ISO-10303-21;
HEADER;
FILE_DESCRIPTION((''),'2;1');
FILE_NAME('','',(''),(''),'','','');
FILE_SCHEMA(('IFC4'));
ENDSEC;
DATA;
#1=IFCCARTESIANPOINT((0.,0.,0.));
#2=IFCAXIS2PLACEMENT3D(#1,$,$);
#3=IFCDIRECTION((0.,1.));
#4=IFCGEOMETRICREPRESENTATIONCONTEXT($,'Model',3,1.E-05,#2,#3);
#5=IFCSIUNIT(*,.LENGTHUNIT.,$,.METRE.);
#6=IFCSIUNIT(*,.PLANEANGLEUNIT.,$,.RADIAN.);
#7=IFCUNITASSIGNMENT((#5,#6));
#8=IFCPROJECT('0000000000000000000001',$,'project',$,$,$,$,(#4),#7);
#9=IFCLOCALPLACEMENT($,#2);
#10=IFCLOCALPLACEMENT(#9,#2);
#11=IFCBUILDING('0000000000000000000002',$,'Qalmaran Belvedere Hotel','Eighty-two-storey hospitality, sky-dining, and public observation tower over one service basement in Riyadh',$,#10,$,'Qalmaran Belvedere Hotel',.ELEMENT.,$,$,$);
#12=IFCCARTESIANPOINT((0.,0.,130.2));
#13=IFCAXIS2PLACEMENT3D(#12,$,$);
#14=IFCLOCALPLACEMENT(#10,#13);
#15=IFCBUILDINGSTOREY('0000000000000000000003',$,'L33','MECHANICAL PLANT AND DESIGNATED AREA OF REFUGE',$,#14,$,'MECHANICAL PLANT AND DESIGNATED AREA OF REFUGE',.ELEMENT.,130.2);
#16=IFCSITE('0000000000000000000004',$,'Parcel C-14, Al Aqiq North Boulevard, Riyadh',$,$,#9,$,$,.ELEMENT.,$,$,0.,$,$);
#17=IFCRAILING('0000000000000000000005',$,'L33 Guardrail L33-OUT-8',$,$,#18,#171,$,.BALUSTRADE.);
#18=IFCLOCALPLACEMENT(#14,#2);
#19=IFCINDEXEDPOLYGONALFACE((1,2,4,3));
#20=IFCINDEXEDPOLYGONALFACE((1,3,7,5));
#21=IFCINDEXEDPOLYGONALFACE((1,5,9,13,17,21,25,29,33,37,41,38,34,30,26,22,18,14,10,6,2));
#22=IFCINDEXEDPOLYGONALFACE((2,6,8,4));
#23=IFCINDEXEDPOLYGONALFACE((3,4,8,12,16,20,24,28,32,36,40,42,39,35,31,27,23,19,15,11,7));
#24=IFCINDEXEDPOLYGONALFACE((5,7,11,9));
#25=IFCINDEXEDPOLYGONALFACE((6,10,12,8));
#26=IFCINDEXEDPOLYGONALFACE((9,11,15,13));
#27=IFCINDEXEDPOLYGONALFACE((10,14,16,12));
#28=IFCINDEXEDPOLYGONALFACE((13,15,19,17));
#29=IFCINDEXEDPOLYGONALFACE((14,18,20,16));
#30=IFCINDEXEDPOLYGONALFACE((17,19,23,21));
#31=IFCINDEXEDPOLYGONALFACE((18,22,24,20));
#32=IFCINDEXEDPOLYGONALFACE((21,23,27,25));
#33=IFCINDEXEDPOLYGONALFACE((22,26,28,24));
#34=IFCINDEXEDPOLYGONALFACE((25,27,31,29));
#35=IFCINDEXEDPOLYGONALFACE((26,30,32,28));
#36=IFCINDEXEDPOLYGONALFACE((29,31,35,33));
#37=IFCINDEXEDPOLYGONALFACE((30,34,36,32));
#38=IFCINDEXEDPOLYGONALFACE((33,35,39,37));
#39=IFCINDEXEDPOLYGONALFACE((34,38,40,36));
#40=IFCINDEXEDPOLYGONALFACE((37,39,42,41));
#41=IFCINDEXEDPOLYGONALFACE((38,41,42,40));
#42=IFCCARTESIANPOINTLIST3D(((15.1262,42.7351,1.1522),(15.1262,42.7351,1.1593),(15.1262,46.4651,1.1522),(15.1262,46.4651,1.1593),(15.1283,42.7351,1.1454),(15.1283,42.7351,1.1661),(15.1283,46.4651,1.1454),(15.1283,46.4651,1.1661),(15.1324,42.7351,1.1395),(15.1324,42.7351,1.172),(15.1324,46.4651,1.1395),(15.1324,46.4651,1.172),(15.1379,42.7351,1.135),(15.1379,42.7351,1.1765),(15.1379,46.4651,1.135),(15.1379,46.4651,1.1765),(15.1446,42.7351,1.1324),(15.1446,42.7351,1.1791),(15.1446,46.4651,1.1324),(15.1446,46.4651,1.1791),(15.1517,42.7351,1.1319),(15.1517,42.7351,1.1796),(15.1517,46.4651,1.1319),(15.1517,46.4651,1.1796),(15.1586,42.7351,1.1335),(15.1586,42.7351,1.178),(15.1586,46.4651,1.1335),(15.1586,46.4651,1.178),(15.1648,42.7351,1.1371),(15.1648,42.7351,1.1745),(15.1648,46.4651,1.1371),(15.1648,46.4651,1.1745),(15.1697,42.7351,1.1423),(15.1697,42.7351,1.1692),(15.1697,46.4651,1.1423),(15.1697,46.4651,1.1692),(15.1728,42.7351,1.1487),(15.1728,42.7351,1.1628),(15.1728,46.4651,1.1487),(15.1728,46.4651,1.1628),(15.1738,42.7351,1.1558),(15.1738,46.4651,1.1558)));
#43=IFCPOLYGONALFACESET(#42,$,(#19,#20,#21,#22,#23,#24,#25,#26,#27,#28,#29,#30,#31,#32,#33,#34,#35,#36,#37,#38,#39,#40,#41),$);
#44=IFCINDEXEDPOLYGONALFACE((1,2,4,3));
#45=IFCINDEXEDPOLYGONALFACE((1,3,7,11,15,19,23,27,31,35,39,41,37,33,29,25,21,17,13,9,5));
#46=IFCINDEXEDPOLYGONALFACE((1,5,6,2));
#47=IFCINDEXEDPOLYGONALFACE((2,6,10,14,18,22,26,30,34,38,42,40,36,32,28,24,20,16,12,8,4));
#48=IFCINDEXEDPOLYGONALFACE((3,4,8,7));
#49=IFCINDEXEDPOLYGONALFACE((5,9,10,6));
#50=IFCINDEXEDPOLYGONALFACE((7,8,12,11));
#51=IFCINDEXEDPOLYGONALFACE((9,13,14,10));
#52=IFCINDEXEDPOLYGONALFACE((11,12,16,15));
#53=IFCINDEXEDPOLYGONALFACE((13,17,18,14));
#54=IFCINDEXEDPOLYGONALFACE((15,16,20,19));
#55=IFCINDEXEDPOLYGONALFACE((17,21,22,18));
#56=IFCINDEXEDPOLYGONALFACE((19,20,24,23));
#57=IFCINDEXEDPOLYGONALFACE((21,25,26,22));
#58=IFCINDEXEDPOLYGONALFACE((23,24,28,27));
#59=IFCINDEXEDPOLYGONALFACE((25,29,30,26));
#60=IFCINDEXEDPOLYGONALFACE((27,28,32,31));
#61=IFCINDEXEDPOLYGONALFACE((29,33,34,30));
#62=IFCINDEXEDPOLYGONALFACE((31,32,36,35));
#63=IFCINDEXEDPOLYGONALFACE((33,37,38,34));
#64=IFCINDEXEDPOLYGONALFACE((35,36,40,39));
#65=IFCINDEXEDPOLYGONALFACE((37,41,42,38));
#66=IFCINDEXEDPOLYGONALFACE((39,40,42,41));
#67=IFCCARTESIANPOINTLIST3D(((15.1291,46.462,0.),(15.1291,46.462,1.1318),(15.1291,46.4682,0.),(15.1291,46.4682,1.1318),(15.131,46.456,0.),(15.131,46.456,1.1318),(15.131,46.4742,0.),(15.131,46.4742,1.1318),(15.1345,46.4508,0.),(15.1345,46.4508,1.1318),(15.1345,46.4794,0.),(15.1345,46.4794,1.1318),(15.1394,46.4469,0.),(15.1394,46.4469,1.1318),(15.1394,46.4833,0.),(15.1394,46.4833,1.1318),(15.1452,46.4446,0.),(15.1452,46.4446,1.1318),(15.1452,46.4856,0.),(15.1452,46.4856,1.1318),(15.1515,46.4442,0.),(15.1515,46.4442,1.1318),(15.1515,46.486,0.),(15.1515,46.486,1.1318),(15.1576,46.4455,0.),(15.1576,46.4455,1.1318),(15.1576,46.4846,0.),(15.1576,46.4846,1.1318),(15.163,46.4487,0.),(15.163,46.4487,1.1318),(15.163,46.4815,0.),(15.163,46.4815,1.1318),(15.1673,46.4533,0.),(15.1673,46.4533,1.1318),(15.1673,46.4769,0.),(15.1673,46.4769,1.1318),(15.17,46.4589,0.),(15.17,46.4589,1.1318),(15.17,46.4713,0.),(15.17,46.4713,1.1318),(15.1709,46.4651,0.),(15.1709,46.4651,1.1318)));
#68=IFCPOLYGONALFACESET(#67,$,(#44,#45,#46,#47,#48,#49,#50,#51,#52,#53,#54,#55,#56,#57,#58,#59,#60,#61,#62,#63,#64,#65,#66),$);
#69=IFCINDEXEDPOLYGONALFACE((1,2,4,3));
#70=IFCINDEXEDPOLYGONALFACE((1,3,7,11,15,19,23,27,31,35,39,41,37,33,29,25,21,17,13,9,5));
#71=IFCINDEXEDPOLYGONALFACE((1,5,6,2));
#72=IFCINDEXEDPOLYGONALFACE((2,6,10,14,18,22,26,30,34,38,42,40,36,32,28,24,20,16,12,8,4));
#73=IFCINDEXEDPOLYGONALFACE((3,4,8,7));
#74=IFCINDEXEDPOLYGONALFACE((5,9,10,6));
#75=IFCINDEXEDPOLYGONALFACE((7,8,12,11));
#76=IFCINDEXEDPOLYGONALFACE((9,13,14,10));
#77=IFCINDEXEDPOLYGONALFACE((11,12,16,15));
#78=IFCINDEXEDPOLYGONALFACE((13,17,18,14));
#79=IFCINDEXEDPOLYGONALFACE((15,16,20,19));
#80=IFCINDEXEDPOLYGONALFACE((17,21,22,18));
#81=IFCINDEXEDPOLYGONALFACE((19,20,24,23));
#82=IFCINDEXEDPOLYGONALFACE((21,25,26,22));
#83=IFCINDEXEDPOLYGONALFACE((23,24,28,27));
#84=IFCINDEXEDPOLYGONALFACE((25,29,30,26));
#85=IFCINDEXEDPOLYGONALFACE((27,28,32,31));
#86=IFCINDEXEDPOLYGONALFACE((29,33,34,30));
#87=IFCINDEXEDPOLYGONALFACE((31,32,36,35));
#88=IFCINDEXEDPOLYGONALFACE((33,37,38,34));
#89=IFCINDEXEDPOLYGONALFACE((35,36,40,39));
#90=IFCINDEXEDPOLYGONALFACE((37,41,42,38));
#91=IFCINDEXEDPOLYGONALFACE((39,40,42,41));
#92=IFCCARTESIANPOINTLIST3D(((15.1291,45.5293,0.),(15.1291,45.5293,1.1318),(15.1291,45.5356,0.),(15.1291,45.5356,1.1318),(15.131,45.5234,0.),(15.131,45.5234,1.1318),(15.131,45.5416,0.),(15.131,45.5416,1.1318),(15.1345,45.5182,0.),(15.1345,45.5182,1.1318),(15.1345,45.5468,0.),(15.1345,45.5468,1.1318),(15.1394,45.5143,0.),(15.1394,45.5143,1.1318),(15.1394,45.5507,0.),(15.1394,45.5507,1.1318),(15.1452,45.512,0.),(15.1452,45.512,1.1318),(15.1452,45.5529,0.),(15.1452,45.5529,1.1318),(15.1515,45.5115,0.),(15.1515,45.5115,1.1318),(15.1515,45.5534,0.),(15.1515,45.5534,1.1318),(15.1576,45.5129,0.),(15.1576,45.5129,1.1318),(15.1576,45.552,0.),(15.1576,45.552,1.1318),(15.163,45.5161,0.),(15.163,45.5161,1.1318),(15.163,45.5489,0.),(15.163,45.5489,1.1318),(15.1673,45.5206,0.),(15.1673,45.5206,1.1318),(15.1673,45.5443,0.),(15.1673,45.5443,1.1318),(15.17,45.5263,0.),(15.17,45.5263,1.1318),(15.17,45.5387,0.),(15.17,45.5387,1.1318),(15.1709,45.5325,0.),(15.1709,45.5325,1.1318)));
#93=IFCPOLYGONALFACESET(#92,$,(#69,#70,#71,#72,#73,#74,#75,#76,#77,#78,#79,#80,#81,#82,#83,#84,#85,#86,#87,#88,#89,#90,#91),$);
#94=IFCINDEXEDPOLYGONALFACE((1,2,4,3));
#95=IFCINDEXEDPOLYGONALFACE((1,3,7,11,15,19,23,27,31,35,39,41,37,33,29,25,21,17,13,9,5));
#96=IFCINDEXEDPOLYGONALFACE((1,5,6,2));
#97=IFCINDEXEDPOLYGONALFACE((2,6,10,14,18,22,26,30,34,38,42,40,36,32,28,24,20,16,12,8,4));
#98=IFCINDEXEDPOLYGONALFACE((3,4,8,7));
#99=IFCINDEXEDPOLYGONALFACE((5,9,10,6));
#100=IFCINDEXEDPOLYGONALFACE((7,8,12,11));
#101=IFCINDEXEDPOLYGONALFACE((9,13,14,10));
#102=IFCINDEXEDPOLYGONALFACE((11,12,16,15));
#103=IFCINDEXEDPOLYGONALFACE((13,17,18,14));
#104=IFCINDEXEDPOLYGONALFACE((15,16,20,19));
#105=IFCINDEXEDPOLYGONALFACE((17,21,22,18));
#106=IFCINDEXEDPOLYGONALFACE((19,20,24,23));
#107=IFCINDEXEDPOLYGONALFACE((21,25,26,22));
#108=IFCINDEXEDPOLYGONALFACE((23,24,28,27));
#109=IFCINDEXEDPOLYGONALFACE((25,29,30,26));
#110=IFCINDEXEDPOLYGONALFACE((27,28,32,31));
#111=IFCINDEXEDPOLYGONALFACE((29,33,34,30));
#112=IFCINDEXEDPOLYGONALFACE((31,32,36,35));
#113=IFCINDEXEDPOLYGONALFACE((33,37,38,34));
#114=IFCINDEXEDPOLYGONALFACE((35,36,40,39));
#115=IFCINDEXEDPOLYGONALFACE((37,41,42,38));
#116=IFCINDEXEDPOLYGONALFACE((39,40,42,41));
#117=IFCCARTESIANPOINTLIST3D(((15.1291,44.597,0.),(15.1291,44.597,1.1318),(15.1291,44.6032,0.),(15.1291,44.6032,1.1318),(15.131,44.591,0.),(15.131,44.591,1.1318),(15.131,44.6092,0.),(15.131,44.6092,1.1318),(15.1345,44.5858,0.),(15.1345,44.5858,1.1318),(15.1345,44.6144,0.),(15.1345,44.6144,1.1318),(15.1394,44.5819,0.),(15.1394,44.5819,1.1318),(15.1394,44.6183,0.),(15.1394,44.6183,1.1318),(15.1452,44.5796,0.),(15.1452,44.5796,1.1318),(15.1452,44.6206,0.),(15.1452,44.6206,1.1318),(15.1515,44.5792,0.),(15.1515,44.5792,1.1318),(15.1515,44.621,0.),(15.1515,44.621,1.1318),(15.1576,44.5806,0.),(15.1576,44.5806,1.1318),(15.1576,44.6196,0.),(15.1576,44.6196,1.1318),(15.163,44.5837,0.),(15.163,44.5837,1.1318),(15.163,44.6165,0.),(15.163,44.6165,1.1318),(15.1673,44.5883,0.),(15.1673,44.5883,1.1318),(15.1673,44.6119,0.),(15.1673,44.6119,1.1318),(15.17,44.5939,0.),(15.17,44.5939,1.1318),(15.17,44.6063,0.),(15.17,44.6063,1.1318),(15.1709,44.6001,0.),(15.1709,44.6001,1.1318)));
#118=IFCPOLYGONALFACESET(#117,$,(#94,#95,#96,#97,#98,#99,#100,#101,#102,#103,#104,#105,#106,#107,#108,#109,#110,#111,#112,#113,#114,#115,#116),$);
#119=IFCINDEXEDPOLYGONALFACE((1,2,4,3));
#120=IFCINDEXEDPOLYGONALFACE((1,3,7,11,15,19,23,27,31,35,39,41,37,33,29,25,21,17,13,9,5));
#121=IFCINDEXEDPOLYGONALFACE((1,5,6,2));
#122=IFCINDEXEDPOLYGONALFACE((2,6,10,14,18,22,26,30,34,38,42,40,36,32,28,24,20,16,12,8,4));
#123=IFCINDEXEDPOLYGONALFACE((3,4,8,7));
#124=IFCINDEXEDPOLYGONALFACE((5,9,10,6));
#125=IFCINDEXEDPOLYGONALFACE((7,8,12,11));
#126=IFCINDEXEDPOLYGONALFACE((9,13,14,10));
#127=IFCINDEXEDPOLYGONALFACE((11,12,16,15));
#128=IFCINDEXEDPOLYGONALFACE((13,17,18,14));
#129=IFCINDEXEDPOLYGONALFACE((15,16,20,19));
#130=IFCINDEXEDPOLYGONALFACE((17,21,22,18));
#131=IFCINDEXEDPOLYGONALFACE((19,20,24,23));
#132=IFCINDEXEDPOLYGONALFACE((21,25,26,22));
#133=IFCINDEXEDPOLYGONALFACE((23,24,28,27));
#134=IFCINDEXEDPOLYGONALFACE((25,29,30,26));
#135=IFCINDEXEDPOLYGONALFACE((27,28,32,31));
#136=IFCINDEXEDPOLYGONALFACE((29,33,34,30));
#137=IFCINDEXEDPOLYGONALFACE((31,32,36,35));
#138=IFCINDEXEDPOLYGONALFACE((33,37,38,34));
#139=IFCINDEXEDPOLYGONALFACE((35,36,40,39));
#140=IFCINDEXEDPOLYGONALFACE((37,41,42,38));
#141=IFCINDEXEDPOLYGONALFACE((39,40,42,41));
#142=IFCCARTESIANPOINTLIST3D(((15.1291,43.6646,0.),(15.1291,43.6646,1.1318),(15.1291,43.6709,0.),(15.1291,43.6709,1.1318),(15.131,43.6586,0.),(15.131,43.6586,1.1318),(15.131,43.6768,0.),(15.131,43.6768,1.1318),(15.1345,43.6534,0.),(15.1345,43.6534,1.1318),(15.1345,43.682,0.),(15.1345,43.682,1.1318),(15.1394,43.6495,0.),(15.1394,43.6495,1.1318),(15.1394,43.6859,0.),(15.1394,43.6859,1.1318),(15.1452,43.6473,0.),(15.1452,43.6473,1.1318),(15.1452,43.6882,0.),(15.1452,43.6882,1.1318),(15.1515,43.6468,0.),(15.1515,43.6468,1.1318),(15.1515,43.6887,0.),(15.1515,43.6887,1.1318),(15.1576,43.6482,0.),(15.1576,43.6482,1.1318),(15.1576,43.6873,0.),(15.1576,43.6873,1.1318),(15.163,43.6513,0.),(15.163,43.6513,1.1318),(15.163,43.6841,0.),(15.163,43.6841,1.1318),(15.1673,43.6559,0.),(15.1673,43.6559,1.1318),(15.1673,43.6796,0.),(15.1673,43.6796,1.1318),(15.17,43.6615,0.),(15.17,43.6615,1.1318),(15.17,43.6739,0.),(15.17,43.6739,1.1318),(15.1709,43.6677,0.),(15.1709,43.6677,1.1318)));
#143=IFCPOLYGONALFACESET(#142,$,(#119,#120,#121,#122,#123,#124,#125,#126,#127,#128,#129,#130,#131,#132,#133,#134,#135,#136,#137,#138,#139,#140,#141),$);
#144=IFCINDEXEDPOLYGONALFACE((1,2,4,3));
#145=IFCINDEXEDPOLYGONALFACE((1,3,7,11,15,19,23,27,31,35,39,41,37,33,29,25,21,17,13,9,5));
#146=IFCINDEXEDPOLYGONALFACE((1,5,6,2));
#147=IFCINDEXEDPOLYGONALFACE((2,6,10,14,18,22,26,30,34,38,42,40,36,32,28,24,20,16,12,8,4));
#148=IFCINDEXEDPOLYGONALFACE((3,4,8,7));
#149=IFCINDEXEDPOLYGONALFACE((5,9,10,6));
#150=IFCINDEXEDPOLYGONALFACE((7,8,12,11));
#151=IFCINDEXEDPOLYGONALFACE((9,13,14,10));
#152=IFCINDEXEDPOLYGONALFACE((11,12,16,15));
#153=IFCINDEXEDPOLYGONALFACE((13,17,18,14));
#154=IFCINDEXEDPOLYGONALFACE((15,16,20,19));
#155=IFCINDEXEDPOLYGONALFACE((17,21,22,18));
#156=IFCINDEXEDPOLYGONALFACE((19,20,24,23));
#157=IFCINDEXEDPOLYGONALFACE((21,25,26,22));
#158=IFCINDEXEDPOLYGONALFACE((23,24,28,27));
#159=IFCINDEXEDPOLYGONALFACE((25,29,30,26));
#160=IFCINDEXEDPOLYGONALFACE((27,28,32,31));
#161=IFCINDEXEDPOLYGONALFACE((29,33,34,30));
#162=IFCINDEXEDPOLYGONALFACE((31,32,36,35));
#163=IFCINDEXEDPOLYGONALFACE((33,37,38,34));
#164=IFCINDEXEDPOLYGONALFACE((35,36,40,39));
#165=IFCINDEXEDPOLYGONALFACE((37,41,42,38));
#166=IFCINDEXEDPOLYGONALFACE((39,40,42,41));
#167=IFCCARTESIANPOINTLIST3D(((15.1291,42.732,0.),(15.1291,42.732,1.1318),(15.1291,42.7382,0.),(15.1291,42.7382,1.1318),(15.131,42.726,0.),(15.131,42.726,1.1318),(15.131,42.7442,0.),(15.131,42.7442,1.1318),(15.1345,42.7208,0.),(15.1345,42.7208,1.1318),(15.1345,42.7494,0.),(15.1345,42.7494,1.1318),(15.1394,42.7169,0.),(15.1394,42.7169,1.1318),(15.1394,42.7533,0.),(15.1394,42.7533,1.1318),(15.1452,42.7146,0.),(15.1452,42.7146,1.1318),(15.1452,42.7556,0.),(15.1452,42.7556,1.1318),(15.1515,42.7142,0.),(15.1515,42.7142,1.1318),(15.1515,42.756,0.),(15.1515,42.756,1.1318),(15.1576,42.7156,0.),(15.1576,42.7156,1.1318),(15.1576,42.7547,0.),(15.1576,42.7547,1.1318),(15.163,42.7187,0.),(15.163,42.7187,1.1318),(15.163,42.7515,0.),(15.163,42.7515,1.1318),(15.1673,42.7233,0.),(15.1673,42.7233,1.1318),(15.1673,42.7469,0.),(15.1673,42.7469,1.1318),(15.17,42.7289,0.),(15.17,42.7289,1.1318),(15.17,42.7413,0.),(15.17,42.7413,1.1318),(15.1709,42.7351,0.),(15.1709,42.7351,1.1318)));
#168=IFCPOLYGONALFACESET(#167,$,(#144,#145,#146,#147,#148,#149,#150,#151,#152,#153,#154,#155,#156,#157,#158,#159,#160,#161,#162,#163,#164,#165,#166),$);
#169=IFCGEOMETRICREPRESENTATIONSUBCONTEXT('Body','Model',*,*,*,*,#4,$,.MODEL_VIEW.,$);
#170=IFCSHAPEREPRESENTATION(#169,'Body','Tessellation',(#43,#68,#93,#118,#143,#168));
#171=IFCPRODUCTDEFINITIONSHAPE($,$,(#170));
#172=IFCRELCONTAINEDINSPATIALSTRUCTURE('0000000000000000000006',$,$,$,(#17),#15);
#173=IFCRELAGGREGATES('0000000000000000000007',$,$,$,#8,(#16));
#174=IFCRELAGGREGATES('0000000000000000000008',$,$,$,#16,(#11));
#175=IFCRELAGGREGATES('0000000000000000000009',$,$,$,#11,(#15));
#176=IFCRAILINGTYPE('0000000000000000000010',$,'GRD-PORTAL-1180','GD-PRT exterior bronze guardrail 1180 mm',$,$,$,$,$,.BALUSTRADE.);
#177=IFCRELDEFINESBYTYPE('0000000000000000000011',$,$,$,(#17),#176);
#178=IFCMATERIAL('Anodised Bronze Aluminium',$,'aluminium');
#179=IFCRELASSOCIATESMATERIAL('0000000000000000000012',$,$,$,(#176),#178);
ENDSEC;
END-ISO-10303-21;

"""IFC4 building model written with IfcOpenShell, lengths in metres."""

from ifc_helpers import new_model, si_unit, direction, frame, origin, origin_2d, place, context, subcontext, project, spatial, circle, extrude, material, type_object, element, save


model = new_model("IFC4")

# Units and contexts
model_context = context("Model", 3, precision=1e-05, world=origin(), true_north=direction((0.0, 1.0)))
body_context = subcontext(model_context, "Body", "Model", "MODEL_VIEW")
ifc_project = project(units=[si_unit("LENGTHUNIT", "METRE"), si_unit("PLANEANGLEUNIT", "RADIAN")], contexts=[model_context])

# Site, building, storey
site_placement = place(None, origin())
site = spatial("IfcSite", under=ifc_project, at=site_placement, Name="Parcel C-14, Al Aqiq North Boulevard, Riyadh", CompositionType="ELEMENT", RefElevation=0.0)
building_placement = place(site_placement, origin())
building = spatial("IfcBuilding", under=site, at=building_placement, Name="Qalmaran Belvedere Hotel", Description="Eighty-two-storey hospitality, sky-dining, and public observation tower over one service basement in Riyadh", LongName="Qalmaran Belvedere Hotel", CompositionType="ELEMENT")
storey_placement = place(building_placement, frame((0.0, 0.0, 130.2)))
storey = spatial("IfcBuildingStorey", under=building, at=storey_placement, Name="L33", Description="MECHANICAL PLANT AND DESIGNATED AREA OF REFUGE", LongName="MECHANICAL PLANT AND DESIGNATED AREA OF REFUGE", CompositionType="ELEMENT", Elevation=130.2)

# Railing
ifc_material_1 = material(Name="Anodised Bronze Aluminium", Category="aluminium")
railing_type = type_object("IfcRailingType", Name="GRD-PORTAL-1180", Description="GD-PRT exterior bronze guardrail 1180 mm", PredefinedType="BALUSTRADE", material=ifc_material_1)
railing_1_placement = place(storey_placement, frame((15.1499, 46.4651, 0.0)))
element("IfcRailing", 1, at=railing_1_placement, inside=storey, type_object=railing_type, Name="L33 Guardrail L33-OUT-8", PredefinedType="BALUSTRADE", context=body_context, shape_type="SweptSolid", body=[
    extrude(circle(Radius=0.0239, at=origin_2d()), frame((0.0, 0.0, 1.1558), z_axis=(0.0, -1.0, 0.0), x_axis=(1.0, 0.0, 0.0)), (0.0, 0.0, 1.0), 3.73),
    extrude(circle(Radius=0.021, at=origin_2d()), origin(), (0.0, 0.0, 1.0), 1.1318),
    extrude(circle(Radius=0.021, at=origin_2d()), frame((0.0, -0.9326, 0.0)), (0.0, 0.0, 1.0), 1.1318),
    extrude(circle(Radius=0.021, at=origin_2d()), frame((0.0, -1.865, 0.0)), (0.0, 0.0, 1.0), 1.1318),
    extrude(circle(Radius=0.021, at=origin_2d()), frame((0.0, -2.7974, 0.0)), (0.0, 0.0, 1.0), 1.1318),
    extrude(circle(Radius=0.021, at=origin_2d()), frame((0.0, -3.73, 0.0)), (0.0, 0.0, 1.0), 1.1318),
])

save(model, "model.ifc")
